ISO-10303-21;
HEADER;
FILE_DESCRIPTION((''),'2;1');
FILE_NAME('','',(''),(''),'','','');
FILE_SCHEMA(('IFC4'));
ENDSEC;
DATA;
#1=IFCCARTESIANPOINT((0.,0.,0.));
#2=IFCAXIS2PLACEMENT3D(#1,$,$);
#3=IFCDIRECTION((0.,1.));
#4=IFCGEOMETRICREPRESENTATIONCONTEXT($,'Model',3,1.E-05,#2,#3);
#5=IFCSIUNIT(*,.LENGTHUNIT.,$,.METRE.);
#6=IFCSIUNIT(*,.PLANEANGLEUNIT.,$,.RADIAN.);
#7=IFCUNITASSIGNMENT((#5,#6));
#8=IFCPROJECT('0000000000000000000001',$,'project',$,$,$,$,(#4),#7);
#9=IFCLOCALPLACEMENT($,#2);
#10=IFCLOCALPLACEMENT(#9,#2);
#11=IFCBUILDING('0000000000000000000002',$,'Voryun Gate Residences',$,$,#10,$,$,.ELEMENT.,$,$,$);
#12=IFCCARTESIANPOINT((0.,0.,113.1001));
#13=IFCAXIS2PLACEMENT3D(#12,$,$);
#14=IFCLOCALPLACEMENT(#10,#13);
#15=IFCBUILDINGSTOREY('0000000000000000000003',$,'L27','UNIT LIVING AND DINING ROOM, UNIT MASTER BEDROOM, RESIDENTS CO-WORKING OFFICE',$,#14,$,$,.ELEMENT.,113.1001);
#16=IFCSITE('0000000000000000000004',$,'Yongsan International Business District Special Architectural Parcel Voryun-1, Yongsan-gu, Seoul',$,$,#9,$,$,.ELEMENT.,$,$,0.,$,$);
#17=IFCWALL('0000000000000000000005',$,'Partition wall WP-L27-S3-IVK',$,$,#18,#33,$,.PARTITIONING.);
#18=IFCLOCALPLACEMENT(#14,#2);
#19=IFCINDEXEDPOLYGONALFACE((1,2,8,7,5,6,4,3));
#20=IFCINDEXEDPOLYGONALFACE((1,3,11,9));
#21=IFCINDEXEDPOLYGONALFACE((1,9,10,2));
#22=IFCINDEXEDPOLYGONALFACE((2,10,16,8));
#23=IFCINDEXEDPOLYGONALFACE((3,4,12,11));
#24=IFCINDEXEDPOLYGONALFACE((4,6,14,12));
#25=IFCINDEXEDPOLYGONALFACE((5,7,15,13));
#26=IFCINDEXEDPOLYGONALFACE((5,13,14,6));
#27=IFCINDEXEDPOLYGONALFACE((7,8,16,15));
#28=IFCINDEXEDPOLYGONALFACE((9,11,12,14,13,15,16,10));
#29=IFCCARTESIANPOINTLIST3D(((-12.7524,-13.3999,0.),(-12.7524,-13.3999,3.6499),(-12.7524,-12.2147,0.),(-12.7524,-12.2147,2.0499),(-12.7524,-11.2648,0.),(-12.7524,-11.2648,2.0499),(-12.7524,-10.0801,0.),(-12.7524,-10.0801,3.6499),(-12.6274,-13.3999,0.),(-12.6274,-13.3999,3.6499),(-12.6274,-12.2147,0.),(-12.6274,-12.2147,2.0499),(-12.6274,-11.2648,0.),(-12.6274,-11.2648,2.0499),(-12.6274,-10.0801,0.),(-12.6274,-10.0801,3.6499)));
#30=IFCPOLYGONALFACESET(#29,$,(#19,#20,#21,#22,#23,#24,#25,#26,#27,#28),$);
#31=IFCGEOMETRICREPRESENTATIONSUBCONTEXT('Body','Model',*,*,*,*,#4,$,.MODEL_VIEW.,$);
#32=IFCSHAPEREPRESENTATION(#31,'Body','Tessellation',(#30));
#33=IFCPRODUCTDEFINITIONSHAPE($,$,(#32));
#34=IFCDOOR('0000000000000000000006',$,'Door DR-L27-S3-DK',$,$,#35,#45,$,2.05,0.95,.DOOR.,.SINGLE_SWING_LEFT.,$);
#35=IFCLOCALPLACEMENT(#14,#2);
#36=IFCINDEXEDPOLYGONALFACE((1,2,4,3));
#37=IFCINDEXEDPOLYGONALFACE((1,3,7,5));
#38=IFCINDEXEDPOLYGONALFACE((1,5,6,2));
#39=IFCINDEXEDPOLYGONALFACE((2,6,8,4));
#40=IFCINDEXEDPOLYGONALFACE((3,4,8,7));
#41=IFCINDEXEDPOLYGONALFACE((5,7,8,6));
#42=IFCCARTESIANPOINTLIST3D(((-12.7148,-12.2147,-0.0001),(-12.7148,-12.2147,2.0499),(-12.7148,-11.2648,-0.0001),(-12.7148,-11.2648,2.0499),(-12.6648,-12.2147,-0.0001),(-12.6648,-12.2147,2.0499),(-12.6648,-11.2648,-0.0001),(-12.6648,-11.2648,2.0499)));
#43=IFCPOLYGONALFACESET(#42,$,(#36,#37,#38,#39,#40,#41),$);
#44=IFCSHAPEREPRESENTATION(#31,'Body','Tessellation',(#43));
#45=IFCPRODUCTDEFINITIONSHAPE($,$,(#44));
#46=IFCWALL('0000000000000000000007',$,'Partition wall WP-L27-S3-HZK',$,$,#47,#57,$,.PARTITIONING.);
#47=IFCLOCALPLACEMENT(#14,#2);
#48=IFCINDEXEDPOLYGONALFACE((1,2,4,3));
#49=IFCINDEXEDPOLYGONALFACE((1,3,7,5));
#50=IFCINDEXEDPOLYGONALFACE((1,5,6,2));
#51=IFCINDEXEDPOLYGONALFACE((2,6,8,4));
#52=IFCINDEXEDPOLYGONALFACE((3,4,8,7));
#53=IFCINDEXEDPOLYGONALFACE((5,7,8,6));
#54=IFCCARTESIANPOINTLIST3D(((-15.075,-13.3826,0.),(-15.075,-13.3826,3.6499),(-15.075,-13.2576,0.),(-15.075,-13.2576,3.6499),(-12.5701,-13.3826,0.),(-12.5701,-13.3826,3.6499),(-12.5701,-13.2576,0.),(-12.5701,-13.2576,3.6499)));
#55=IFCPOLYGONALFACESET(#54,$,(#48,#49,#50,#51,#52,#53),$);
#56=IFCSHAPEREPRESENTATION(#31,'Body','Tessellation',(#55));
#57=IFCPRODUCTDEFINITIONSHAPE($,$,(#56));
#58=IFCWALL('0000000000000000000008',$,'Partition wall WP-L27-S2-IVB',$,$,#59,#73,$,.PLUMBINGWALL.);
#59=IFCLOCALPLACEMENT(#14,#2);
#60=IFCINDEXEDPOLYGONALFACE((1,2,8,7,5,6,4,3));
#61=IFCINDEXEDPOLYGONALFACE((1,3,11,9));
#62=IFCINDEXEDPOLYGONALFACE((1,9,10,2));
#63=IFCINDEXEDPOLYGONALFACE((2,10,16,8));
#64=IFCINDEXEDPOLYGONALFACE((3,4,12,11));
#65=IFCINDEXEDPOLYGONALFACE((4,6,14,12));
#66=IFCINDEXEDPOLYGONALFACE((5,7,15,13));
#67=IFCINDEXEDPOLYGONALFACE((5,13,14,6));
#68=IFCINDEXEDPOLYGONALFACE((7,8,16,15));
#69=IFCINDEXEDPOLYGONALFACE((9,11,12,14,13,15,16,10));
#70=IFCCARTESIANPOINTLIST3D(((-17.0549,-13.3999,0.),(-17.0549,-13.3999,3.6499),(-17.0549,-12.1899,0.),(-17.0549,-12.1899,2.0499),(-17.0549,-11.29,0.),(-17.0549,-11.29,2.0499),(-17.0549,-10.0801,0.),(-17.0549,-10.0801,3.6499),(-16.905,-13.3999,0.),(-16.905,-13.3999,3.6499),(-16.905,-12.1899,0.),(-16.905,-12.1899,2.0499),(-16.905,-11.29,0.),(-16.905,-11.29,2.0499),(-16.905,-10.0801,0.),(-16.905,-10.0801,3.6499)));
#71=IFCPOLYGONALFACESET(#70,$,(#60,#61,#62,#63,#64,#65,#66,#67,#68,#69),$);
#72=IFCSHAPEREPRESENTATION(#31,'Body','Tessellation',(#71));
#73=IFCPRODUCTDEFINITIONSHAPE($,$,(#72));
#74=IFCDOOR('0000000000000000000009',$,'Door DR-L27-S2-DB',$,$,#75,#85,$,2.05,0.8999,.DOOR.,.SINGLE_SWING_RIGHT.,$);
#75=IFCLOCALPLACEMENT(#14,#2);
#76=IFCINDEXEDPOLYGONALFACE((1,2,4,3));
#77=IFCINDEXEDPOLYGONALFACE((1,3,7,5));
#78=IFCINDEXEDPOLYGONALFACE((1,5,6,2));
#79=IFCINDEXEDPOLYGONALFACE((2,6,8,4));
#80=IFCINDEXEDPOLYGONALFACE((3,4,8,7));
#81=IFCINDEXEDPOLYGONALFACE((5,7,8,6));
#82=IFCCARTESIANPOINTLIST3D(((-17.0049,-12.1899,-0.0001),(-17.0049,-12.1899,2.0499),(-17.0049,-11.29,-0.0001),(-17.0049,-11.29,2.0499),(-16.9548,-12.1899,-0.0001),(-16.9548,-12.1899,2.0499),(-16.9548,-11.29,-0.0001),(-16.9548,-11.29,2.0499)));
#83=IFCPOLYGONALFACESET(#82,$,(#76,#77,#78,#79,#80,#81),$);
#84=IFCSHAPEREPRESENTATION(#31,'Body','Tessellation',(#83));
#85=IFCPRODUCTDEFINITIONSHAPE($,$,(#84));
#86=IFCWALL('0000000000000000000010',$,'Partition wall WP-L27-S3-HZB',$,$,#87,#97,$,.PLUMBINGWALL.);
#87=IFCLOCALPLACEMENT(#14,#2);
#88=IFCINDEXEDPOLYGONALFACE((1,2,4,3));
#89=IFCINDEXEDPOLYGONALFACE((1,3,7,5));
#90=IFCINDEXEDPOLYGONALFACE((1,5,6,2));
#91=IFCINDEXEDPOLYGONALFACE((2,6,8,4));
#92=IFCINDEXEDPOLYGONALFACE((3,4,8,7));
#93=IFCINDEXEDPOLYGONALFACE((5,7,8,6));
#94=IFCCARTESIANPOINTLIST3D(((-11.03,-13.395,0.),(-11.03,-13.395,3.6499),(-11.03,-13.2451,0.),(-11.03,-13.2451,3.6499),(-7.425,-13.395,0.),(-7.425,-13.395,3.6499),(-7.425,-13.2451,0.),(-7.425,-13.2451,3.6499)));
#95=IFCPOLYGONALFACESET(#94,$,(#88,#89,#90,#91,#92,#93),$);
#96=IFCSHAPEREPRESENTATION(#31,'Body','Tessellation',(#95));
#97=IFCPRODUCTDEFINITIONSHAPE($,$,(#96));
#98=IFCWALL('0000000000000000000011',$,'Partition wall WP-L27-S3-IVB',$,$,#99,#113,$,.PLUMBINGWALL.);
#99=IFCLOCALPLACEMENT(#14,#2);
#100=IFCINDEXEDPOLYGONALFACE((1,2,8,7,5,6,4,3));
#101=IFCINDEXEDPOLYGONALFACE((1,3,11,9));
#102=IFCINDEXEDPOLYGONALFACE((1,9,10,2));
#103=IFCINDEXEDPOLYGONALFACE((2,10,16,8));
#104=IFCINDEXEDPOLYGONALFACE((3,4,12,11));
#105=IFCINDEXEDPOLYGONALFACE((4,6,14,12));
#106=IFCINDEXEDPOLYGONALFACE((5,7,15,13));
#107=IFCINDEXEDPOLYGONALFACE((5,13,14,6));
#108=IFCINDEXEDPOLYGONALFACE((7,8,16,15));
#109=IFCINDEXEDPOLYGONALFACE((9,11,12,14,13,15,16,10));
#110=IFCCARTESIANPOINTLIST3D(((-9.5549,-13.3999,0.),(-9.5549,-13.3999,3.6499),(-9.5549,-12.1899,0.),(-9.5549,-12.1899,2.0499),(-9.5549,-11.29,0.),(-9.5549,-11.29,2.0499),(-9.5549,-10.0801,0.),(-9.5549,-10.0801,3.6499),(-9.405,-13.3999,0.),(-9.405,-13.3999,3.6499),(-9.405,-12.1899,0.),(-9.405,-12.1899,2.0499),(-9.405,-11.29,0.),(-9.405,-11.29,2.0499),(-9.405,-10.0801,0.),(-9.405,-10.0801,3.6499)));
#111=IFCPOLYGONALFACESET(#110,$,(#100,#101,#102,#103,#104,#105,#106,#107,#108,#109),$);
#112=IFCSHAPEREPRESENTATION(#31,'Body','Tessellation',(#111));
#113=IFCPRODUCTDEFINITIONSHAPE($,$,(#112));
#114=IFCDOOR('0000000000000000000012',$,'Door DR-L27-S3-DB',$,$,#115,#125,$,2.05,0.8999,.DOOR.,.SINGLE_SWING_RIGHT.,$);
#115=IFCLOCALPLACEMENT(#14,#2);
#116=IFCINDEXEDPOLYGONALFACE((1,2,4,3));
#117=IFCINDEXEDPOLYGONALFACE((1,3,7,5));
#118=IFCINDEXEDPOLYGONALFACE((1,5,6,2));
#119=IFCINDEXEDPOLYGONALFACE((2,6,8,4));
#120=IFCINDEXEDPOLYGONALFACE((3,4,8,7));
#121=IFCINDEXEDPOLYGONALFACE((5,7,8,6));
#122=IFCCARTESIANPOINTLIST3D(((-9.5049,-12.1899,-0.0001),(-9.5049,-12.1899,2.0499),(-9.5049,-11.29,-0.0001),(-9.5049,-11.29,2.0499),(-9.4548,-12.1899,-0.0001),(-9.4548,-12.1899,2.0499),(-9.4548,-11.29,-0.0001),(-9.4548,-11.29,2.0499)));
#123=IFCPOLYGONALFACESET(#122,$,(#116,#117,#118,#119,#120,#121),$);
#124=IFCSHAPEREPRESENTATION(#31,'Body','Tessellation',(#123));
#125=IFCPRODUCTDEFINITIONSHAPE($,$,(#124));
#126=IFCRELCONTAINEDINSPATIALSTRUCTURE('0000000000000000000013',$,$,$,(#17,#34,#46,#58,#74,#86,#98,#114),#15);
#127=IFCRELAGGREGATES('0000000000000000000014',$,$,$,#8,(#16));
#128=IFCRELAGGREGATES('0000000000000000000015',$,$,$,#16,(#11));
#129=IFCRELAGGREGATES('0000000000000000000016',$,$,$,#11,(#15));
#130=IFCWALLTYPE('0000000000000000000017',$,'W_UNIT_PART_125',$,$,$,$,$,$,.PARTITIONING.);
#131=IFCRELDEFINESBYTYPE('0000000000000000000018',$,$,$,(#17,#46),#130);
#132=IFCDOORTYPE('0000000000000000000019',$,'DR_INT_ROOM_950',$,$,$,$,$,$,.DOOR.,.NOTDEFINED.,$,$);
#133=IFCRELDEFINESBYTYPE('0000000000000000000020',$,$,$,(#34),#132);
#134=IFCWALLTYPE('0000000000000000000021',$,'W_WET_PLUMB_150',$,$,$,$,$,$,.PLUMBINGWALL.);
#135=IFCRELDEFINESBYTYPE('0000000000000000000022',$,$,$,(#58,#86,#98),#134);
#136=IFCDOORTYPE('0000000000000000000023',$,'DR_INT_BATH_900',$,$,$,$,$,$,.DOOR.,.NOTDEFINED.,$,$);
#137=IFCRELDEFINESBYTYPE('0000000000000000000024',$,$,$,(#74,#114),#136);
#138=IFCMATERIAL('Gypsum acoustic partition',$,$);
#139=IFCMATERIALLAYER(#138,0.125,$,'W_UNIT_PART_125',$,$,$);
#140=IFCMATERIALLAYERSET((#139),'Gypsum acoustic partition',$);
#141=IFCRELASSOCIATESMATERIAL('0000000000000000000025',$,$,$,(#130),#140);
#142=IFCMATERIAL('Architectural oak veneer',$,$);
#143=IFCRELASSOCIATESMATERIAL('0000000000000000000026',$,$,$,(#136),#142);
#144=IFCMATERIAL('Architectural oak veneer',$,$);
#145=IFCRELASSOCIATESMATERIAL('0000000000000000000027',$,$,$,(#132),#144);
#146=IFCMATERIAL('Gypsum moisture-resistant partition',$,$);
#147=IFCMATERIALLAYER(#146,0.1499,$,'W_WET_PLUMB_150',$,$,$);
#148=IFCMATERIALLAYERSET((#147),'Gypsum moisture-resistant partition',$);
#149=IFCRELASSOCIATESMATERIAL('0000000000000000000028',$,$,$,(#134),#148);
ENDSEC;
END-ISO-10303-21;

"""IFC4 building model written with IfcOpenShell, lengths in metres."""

from ifc_helpers import new_model, si_unit, direction, frame, frame_2d, origin, place, context, subcontext, project, spatial, rectangle, extrude, material, layer, layer_set, type_object, element, fill, save


model = new_model("IFC4")

# Units and contexts
model_context = context("Model", 3, precision=1e-05, world=origin(), true_north=direction((0.0, 1.0)))
body_context = subcontext(model_context, "Body", "Model", "MODEL_VIEW")
ifc_project = project(units=[si_unit("LENGTHUNIT", "METRE"), si_unit("PLANEANGLEUNIT", "RADIAN")], contexts=[model_context])

# Site, building, storey
site_placement = place(None, origin())
site = spatial("IfcSite", under=ifc_project, at=site_placement, Name="Yongsan International Business District Special Architectural Parcel Voryun-1, Yongsan-gu, Seoul", CompositionType="ELEMENT", RefElevation=0.0)
building_placement = place(site_placement, origin())
building = spatial("IfcBuilding", under=site, at=building_placement, Name="Voryun Gate Residences", CompositionType="ELEMENT")
storey_placement = place(building_placement, frame((0.0, 0.0, 113.1001)))
storey = spatial("IfcBuildingStorey", under=building, at=storey_placement, Name="L27", Description="UNIT LIVING AND DINING ROOM, UNIT MASTER BEDROOM, RESIDENTS CO-WORKING OFFICE", CompositionType="ELEMENT", Elevation=113.1001)

# Wall, opening, door
ifc_material_1 = material(Name="Gypsum acoustic partition")
ifc_layer_1 = layer(ifc_material_1, 0.125, Name="W_UNIT_PART_125")
ifc_layer_set_1 = layer_set([ifc_layer_1], Name="Gypsum acoustic partition")
wall_type_1 = type_object("IfcWallType", Name="W_UNIT_PART_125", PredefinedType="PARTITIONING", material=ifc_layer_set_1)
ifc_material_2 = material(Name="Architectural oak veneer")
door_type_1 = type_object("IfcDoorType", Name="DR_INT_BATH_900", OperationType="NOTDEFINED", PredefinedType="DOOR", material=ifc_material_2)
wall_1_placement = place(storey_placement, frame((-12.6899, -13.3999, 0.0), z_axis=(0.0, 0.0, 1.0), x_axis=(0.0, 1.0, 0.0)))
wall_1 = element("IfcWall", 1, at=wall_1_placement, inside=storey, type_object=wall_type_1, Name="Partition wall WP-L27-S3-IVK", PredefinedType="PARTITIONING", context=body_context, shape_type="SweptSolid", body=[
    extrude(rectangle(XDim=3.3198, YDim=0.125, at=frame_2d((1.6599, 0.0))), origin(), (0.0, 0.0, 1.0), 3.6499),
])
opening_1_placement = place(wall_1_placement, frame((1.1851, 0.0, 0.0)))
opening_1 = element("IfcOpeningElement", 2, at=opening_1_placement, cuts=wall_1, PredefinedType="OPENING", context=body_context, shape_type="SweptSolid", body=[
    extrude(rectangle(XDim=0.95, YDim=2.05, at=frame_2d((0.4751, 1.0249))), frame((0.0, 0.0725, 0.0), z_axis=(0.0, -1.0, 0.0), x_axis=(1.0, 0.0, 0.0)), (0.0, 0.0, 1.0), 0.145),
])
ifc_material_3 = material(Name="Architectural oak veneer")
door_type_2 = type_object("IfcDoorType", Name="DR_INT_ROOM_950", OperationType="NOTDEFINED", PredefinedType="DOOR", material=ifc_material_3)
door_1_placement = place(opening_1_placement, origin())
door_1 = element("IfcDoor", 3, at=door_1_placement, inside=storey, type_object=door_type_2, Name="Door DR-L27-S3-DK", OperationType="SINGLE_SWING_LEFT", OverallHeight=2.05, OverallWidth=0.95, PredefinedType="DOOR", context=body_context, shape_type="SweptSolid", body=[
    extrude(rectangle(XDim=0.95, YDim=2.05, at=frame_2d((0.4751, 1.0249))), frame((0.0, 0.0249, 0.0), z_axis=(0.0, -1.0, 0.0), x_axis=(1.0, 0.0, 0.0)), (0.0, 0.0, 1.0), 0.05),
])
fill(opening_1, door_1)

# Wall
wall_2_placement = place(storey_placement, frame((-15.075, -13.3201, 0.0), z_axis=(0.0, 0.0, 1.0), x_axis=(1.0, 0.0, 0.0)))
element("IfcWall", 4, at=wall_2_placement, inside=storey, type_object=wall_type_1, Name="Partition wall WP-L27-S3-HZK", PredefinedType="PARTITIONING", context=body_context, shape_type="SweptSolid", body=[
    extrude(rectangle(XDim=2.5049, YDim=0.125, at=frame_2d((1.2524, 0.0))), origin(), (0.0, 0.0, 1.0), 3.6499),
])

# Wall, opening, door
ifc_material_4 = material(Name="Gypsum moisture-resistant partition")
ifc_layer_2 = layer(ifc_material_4, 0.1499, Name="W_WET_PLUMB_150")
ifc_layer_set_2 = layer_set([ifc_layer_2], Name="Gypsum moisture-resistant partition")
wall_type_2 = type_object("IfcWallType", Name="W_WET_PLUMB_150", PredefinedType="PLUMBINGWALL", material=ifc_layer_set_2)
wall_3_placement = place(storey_placement, frame((-16.98, -13.3999, 0.0), z_axis=(0.0, 0.0, 1.0), x_axis=(0.0, 1.0, 0.0)))
wall_3 = element("IfcWall", 5, at=wall_3_placement, inside=storey, type_object=wall_type_2, Name="Partition wall WP-L27-S2-IVB", PredefinedType="PLUMBINGWALL", context=body_context, shape_type="SweptSolid", body=[
    extrude(rectangle(XDim=3.3198, YDim=0.1499, at=frame_2d((1.6599, 0.0))), origin(), (0.0, 0.0, 1.0), 3.6499),
])
opening_2_placement = place(wall_3_placement, frame((1.21, 0.0, 0.0)))
opening_2 = element("IfcOpeningElement", 6, at=opening_2_placement, cuts=wall_3, PredefinedType="OPENING", context=body_context, shape_type="SweptSolid", body=[
    extrude(rectangle(XDim=0.8999, YDim=2.05, at=frame_2d((0.45, 1.0249))), frame((0.0, 0.085, 0.0), z_axis=(0.0, -1.0, 0.0), x_axis=(1.0, 0.0, 0.0)), (0.0, 0.0, 1.0), 0.1699),
])
door_2_placement = place(opening_2_placement, origin())
door_2 = element("IfcDoor", 7, at=door_2_placement, inside=storey, type_object=door_type_1, Name="Door DR-L27-S2-DB", OperationType="SINGLE_SWING_RIGHT", OverallHeight=2.05, OverallWidth=0.8999, PredefinedType="DOOR", context=body_context, shape_type="SweptSolid", body=[
    extrude(rectangle(XDim=0.8999, YDim=2.05, at=frame_2d((0.45, 1.0249))), frame((0.0, 0.0249, 0.0), z_axis=(0.0, -1.0, 0.0), x_axis=(1.0, 0.0, 0.0)), (0.0, 0.0, 1.0), 0.05),
])
fill(opening_2, door_2)

# Wall
wall_4_placement = place(storey_placement, frame((-11.03, -13.3201, 0.0), z_axis=(0.0, 0.0, 1.0), x_axis=(1.0, 0.0, 0.0)))
element("IfcWall", 8, at=wall_4_placement, inside=storey, type_object=wall_type_2, Name="Partition wall WP-L27-S3-HZB", PredefinedType="PLUMBINGWALL", context=body_context, shape_type="SweptSolid", body=[
    extrude(rectangle(XDim=3.605, YDim=0.1499, at=frame_2d((1.8025, 0.0))), origin(), (0.0, 0.0, 1.0), 3.6499),
])

# Wall, opening, door
wall_5_placement = place(storey_placement, frame((-9.48, -13.3999, 0.0), z_axis=(0.0, 0.0, 1.0), x_axis=(0.0, 1.0, 0.0)))
wall_5 = element("IfcWall", 9, at=wall_5_placement, inside=storey, type_object=wall_type_2, Name="Partition wall WP-L27-S3-IVB", PredefinedType="PLUMBINGWALL", context=body_context, shape_type="SweptSolid", body=[
    extrude(rectangle(XDim=3.3198, YDim=0.1499, at=frame_2d((1.6599, 0.0))), origin(), (0.0, 0.0, 1.0), 3.6499),
])
opening_3_placement = place(wall_5_placement, frame((1.21, 0.0, 0.0)))
opening_3 = element("IfcOpeningElement", 10, at=opening_3_placement, cuts=wall_5, PredefinedType="OPENING", context=body_context, shape_type="SweptSolid", body=[
    extrude(rectangle(XDim=0.8999, YDim=2.05, at=frame_2d((0.45, 1.0249))), frame((0.0, 0.085, 0.0), z_axis=(0.0, -1.0, 0.0), x_axis=(1.0, 0.0, 0.0)), (0.0, 0.0, 1.0), 0.1699),
])
door_3_placement = place(opening_3_placement, origin())
door_3 = element("IfcDoor", 11, at=door_3_placement, inside=storey, type_object=door_type_1, Name="Door DR-L27-S3-DB", OperationType="SINGLE_SWING_RIGHT", OverallHeight=2.05, OverallWidth=0.8999, PredefinedType="DOOR", context=body_context, shape_type="SweptSolid", body=[
    extrude(rectangle(XDim=0.8999, YDim=2.05, at=frame_2d((0.45, 1.0249))), frame((0.0, 0.0249, 0.0), z_axis=(0.0, -1.0, 0.0), x_axis=(1.0, 0.0, 0.0)), (0.0, 0.0, 1.0), 0.05),
])
fill(opening_3, door_3)

save(model, "model.ifc")
